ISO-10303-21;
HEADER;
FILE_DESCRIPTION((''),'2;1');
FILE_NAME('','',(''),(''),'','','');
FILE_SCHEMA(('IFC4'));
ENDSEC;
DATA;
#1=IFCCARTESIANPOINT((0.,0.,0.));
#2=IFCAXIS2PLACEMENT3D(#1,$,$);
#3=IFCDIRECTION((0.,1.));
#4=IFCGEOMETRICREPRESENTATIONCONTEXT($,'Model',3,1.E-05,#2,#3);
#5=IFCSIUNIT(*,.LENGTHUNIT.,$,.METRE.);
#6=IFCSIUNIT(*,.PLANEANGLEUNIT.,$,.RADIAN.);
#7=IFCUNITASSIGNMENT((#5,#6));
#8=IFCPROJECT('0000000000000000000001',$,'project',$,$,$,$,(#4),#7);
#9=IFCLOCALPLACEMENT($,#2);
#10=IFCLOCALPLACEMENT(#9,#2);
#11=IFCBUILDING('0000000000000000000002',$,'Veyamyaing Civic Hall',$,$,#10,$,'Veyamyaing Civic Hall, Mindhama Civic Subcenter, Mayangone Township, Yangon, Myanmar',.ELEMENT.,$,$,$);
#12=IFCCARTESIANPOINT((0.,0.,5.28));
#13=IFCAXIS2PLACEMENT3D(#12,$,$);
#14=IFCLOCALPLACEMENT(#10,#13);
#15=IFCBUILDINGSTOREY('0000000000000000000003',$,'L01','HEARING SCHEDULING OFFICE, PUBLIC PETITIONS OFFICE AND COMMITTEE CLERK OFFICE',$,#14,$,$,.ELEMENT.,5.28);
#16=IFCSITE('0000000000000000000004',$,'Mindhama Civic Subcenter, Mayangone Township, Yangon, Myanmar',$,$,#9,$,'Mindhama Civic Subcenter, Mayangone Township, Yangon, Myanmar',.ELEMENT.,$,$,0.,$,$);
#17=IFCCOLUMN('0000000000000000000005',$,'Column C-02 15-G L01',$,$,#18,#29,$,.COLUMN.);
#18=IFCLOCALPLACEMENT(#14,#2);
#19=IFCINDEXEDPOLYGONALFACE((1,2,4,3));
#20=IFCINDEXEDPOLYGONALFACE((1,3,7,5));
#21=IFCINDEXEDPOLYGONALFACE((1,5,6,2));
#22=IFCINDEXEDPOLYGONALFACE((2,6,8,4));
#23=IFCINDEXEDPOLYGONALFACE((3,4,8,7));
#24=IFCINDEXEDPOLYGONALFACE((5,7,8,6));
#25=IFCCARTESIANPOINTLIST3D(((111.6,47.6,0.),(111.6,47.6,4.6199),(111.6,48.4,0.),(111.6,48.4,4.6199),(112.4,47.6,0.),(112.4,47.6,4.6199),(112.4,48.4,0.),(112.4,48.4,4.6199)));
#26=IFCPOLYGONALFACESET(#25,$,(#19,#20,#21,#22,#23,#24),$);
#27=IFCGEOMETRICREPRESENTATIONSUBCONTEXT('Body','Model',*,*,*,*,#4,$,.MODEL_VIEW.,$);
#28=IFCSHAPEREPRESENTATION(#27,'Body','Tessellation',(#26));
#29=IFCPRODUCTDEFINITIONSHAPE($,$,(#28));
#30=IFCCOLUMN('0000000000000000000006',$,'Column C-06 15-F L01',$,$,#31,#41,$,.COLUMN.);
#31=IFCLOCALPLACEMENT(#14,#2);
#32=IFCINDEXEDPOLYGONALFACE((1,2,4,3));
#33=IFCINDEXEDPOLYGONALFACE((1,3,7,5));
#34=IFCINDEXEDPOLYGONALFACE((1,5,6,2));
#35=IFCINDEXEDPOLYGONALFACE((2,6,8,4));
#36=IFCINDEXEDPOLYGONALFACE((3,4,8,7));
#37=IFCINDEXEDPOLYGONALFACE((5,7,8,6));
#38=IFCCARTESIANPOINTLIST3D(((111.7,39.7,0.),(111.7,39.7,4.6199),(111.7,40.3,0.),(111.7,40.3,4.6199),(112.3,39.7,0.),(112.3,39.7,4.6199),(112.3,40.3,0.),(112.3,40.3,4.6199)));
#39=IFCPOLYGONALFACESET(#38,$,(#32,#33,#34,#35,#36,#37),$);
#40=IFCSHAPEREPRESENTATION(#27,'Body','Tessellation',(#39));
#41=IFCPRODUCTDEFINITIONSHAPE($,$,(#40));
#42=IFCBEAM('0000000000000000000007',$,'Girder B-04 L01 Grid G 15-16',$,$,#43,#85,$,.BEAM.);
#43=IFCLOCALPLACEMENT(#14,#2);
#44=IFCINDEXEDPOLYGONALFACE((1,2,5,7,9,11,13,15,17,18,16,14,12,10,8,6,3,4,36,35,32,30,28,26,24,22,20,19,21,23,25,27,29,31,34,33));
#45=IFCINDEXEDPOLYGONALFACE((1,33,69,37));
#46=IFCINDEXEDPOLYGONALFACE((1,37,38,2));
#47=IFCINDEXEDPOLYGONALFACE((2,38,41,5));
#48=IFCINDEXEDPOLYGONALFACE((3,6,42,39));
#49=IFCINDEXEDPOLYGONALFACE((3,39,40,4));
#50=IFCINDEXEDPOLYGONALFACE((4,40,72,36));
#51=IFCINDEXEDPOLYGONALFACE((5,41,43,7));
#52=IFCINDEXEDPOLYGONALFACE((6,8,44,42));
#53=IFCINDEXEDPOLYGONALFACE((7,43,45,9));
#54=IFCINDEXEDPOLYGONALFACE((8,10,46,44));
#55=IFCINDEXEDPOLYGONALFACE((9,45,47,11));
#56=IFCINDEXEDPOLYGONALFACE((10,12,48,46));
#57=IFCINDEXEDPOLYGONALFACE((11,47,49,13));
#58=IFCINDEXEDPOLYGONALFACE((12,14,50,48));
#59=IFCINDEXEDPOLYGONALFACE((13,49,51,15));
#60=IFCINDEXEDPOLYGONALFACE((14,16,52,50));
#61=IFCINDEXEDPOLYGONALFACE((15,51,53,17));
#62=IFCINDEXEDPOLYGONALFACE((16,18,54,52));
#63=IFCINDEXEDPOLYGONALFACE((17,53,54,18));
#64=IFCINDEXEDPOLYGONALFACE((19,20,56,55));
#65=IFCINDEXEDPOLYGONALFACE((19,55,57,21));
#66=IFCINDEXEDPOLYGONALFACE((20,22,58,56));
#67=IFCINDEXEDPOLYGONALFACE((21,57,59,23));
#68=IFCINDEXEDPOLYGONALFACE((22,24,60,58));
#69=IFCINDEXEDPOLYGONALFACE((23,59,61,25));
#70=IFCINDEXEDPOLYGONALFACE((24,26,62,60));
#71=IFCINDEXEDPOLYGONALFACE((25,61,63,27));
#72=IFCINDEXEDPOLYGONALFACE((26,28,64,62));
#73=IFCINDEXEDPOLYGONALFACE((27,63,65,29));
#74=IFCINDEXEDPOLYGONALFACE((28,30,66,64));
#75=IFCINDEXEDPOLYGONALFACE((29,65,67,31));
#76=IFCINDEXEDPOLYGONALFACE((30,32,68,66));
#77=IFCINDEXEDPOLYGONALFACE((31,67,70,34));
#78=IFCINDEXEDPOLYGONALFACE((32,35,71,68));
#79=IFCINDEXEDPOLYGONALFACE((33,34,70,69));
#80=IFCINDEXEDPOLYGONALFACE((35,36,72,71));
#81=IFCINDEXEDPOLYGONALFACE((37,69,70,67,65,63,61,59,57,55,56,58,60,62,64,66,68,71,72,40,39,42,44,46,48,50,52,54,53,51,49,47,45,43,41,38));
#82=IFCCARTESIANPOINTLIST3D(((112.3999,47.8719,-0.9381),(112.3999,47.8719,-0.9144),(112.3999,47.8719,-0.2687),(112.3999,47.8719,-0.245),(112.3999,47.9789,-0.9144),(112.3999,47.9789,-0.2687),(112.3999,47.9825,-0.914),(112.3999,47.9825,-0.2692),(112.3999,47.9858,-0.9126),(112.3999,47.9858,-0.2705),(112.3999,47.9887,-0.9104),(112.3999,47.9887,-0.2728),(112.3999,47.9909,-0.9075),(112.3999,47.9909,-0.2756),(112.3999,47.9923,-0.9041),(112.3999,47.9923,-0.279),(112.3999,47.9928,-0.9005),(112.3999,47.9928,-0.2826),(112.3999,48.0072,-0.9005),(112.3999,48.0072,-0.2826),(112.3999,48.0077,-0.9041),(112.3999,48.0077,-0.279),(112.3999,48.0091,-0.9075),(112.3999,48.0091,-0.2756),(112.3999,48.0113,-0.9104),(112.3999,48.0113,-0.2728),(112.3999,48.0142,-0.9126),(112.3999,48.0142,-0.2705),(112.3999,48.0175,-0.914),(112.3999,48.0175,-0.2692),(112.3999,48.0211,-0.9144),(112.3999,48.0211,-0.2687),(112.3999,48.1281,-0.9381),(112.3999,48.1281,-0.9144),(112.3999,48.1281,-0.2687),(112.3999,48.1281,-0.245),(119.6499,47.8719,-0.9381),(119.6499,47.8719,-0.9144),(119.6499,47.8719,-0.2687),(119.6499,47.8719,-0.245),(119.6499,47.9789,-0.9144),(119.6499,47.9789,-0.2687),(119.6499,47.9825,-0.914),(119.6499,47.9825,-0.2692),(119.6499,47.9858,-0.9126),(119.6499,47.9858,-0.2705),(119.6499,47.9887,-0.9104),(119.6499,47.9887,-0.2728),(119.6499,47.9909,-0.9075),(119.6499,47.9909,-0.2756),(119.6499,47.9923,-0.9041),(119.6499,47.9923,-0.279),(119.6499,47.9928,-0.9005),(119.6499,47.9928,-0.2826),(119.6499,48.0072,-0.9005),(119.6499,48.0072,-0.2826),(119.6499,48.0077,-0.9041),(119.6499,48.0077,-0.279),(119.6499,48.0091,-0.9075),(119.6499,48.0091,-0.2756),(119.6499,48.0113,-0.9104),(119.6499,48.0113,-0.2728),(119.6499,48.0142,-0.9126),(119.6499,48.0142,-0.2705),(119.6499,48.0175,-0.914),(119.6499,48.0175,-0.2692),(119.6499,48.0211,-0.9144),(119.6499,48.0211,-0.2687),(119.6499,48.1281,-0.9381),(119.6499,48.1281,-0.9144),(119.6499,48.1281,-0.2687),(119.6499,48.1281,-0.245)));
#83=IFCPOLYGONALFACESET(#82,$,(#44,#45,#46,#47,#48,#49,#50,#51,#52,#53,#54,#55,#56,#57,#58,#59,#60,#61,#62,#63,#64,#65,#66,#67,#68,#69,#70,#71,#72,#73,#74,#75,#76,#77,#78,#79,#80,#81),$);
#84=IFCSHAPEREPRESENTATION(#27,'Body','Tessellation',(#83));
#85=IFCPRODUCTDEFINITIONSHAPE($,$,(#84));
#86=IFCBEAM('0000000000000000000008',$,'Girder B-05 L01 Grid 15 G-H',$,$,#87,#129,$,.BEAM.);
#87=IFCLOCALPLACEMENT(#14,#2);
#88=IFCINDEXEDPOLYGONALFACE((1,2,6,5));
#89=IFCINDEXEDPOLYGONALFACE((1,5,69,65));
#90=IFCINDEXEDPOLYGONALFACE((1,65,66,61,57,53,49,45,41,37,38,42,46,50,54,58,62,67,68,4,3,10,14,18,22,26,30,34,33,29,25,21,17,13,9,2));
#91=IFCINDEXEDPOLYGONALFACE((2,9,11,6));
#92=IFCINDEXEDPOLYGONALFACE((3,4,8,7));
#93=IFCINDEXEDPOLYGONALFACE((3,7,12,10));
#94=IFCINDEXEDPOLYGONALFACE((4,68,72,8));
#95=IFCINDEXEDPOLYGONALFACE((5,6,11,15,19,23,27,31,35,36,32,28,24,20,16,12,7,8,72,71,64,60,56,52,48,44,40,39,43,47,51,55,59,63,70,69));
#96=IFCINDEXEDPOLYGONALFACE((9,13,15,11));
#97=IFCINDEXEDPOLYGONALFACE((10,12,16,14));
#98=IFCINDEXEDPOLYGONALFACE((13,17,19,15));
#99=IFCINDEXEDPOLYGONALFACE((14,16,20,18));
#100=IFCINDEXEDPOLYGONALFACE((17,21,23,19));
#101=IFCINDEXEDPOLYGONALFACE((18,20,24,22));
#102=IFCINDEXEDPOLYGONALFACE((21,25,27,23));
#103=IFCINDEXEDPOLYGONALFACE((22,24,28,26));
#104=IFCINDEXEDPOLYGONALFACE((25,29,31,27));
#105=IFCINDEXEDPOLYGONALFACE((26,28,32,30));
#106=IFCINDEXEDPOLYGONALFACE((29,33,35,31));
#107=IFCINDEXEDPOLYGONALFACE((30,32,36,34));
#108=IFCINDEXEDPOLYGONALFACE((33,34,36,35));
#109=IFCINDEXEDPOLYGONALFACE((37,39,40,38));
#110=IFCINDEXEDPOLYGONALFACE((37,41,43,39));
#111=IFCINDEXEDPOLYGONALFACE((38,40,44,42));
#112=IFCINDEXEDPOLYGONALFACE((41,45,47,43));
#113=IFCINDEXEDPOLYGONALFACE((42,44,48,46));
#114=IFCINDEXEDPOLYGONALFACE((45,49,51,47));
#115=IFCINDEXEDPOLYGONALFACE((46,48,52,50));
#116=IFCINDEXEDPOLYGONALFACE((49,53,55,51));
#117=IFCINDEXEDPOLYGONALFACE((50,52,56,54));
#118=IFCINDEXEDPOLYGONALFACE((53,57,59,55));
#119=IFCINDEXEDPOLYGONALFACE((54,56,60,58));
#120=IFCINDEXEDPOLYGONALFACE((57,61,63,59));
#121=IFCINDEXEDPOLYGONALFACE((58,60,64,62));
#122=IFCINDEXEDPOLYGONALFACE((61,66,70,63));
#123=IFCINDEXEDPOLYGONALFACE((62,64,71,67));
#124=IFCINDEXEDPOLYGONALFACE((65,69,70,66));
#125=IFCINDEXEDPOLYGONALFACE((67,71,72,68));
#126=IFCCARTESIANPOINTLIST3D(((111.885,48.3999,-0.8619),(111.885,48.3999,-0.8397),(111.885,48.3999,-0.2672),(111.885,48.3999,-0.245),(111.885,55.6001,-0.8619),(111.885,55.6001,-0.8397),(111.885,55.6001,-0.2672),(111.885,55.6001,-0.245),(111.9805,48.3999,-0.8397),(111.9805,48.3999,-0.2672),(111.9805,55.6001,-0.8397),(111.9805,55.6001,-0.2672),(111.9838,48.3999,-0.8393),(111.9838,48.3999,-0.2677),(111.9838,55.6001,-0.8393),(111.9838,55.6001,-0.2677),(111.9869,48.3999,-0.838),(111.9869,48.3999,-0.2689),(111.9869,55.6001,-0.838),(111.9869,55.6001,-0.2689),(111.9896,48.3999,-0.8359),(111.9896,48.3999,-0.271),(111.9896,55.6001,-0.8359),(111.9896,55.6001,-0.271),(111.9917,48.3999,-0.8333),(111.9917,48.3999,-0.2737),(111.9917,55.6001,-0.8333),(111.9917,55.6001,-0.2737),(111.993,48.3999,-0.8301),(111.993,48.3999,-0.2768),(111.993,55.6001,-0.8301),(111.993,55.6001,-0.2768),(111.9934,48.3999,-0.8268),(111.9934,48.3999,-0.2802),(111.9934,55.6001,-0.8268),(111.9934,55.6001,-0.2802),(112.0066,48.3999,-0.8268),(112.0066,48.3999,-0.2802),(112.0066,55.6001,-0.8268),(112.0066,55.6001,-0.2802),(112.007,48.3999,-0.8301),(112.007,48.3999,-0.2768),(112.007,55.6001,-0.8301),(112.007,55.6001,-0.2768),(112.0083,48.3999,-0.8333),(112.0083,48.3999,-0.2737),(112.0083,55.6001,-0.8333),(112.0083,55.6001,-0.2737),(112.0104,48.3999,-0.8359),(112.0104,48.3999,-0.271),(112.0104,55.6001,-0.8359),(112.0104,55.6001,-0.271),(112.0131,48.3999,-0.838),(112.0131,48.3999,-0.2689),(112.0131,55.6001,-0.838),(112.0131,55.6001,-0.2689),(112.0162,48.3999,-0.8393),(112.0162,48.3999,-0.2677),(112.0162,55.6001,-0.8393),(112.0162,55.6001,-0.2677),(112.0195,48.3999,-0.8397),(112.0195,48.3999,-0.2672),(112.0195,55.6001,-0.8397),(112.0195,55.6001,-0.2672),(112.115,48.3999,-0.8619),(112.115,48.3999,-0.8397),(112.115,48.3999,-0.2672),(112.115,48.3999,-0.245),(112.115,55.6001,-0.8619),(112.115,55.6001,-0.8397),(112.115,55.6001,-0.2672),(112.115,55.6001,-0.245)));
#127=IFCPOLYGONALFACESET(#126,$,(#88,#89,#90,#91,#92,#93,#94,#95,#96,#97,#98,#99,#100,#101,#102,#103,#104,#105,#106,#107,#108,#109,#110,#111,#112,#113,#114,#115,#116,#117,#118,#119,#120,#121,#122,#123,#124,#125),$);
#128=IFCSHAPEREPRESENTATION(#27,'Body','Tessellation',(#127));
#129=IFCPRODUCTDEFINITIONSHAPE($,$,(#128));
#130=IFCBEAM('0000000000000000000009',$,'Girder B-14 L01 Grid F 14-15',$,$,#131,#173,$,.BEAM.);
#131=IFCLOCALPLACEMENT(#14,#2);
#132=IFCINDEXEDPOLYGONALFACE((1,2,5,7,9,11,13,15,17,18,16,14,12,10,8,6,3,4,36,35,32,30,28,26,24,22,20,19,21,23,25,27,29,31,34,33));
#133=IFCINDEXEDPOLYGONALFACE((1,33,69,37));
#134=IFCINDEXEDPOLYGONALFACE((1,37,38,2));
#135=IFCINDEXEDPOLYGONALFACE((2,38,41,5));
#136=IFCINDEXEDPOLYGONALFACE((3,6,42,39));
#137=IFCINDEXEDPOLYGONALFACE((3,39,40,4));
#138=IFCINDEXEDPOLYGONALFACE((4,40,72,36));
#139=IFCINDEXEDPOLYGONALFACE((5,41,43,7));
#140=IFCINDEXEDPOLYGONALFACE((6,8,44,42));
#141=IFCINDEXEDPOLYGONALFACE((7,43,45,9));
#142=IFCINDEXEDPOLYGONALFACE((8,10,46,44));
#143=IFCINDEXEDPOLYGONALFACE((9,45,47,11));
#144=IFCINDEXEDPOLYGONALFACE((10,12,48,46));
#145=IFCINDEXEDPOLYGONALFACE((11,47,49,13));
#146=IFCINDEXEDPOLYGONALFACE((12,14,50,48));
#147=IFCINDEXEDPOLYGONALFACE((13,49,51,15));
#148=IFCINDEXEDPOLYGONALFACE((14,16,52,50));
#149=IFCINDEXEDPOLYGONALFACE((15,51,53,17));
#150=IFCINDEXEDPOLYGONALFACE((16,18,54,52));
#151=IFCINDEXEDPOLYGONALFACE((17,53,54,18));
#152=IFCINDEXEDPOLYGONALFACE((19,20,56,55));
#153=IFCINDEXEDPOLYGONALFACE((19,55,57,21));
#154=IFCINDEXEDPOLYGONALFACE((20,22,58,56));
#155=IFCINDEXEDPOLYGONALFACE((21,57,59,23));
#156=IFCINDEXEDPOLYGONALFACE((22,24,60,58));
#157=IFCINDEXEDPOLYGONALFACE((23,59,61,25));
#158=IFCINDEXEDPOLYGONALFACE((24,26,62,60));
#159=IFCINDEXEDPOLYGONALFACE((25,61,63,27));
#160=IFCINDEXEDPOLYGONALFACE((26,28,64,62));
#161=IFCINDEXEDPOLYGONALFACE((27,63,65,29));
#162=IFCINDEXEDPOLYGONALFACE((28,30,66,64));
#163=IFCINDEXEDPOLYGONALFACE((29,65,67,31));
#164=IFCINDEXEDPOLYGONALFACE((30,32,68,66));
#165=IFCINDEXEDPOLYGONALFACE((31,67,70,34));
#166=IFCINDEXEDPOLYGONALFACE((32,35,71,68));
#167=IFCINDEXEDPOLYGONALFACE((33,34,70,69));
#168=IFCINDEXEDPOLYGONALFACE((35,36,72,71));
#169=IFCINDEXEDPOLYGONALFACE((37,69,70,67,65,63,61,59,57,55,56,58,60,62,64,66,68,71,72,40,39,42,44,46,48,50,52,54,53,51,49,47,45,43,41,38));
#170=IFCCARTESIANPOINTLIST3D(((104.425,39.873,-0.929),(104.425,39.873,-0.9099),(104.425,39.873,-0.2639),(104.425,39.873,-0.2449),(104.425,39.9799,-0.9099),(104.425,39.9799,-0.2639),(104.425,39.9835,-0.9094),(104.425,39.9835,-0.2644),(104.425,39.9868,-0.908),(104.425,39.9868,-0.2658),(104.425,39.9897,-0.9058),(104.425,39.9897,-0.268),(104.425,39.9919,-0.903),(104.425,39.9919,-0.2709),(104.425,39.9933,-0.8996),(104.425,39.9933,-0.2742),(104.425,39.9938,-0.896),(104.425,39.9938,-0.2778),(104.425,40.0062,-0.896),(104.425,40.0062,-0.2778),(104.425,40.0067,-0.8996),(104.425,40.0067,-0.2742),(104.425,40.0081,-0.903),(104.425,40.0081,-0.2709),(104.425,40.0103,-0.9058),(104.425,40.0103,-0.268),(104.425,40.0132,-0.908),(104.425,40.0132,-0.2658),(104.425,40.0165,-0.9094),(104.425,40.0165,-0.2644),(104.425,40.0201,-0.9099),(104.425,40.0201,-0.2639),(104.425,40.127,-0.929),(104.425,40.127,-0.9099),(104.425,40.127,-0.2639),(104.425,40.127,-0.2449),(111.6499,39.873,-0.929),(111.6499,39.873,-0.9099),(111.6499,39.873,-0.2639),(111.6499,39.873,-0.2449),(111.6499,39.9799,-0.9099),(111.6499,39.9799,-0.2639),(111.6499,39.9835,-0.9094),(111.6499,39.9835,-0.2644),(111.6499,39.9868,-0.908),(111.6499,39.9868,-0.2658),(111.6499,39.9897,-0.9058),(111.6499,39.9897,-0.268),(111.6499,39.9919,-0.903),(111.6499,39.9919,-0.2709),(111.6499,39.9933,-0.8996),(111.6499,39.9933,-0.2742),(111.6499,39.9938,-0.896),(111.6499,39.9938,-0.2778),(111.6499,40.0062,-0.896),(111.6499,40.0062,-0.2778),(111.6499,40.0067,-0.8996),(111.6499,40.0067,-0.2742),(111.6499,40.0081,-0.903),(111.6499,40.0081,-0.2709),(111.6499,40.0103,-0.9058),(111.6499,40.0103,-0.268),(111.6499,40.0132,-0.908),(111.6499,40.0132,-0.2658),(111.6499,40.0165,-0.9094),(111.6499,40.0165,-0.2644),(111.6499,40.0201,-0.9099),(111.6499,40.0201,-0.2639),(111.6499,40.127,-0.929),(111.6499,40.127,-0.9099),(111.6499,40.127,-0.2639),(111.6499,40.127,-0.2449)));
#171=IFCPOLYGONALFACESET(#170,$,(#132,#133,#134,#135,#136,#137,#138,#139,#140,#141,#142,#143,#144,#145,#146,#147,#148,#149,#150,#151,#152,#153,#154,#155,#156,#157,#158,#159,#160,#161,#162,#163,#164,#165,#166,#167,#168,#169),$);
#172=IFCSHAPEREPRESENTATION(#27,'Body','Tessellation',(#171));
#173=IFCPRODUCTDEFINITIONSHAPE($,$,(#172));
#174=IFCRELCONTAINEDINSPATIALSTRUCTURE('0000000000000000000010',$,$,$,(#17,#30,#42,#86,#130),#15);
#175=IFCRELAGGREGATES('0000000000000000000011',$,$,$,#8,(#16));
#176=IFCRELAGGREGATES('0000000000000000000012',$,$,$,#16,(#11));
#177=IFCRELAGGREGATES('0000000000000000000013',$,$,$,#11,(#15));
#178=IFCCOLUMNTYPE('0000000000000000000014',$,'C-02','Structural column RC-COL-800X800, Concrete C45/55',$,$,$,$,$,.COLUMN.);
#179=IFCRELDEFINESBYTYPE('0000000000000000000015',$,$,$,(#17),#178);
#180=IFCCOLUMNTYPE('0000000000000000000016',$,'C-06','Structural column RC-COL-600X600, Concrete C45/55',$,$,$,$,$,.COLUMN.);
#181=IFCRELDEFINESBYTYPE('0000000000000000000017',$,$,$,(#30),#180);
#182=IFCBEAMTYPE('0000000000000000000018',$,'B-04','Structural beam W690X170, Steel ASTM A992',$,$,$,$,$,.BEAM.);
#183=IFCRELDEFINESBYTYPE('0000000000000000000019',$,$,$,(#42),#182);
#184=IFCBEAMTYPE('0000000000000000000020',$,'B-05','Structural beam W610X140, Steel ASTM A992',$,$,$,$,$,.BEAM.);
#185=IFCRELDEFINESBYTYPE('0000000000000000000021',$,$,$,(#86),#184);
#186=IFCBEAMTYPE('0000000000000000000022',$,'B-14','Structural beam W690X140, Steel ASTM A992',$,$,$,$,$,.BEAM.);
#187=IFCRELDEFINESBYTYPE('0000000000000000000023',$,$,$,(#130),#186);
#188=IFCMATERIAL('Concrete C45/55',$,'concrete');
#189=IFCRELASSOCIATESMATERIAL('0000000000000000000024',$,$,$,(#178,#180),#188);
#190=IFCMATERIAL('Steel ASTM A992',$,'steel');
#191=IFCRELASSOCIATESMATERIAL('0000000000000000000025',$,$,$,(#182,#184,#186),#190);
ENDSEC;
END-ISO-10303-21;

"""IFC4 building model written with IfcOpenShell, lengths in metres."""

from ifc_helpers import new_model, si_unit, direction, frame, origin, origin_2d, place, context, subcontext, project, spatial, rectangle, i_section, extrude, material, material_profile, profile_set, type_object, element, save


model = new_model("IFC4")

# Units and contexts
model_context = context("Model", 3, precision=1e-05, world=origin(), true_north=direction((0.0, 1.0)))
body_context = subcontext(model_context, "Body", "Model", "MODEL_VIEW")
ifc_project = project(units=[si_unit("LENGTHUNIT", "METRE"), si_unit("PLANEANGLEUNIT", "RADIAN")], contexts=[model_context])

# Site, building, storey
site_placement = place(None, origin())
site = spatial("IfcSite", under=ifc_project, at=site_placement, Name="Mindhama Civic Subcenter, Mayangone Township, Yangon, Myanmar", LongName="Mindhama Civic Subcenter, Mayangone Township, Yangon, Myanmar", CompositionType="ELEMENT", RefElevation=0.0)
building_placement = place(site_placement, origin())
building = spatial("IfcBuilding", under=site, at=building_placement, Name="Veyamyaing Civic Hall", LongName="Veyamyaing Civic Hall, Mindhama Civic Subcenter, Mayangone Township, Yangon, Myanmar", CompositionType="ELEMENT")
storey_placement = place(building_placement, frame((0.0, 0.0, 5.28)))
storey = spatial("IfcBuildingStorey", under=building, at=storey_placement, Name="L01", Description="HEARING SCHEDULING OFFICE, PUBLIC PETITIONS OFFICE AND COMMITTEE CLERK OFFICE", CompositionType="ELEMENT", Elevation=5.28)

# Columns
ifc_material_1 = material(Name="Concrete C45/55", Category="concrete")
ifc_material_profile_1 = material_profile(ifc_material_1, rectangle(XDim=0.8, YDim=0.8, at=origin_2d()), Name="RC-COL-800X800")
ifc_profile_set_1 = profile_set([ifc_material_profile_1], Name="Concrete C45/55")
column_type_1 = type_object("IfcColumnType", Name="C-02", Description="Structural column RC-COL-800X800, Concrete C45/55", PredefinedType="COLUMN", material=ifc_profile_set_1)
column_1_placement = place(storey_placement, frame((112.0, 48.0, 0.0), z_axis=(0.0, 0.0, 1.0), x_axis=(1.0, 0.0, 0.0)))
element("IfcColumn", 1, at=column_1_placement, inside=storey, type_object=column_type_1, Name="Column C-02 15-G L01", PredefinedType="COLUMN", context=body_context, shape_type="SweptSolid", body=[
    extrude(rectangle(XDim=0.8, YDim=0.8, at=origin_2d()), origin(), (0.0, 0.0, 1.0), 4.6199),
])
ifc_material_profile_2 = material_profile(ifc_material_1, rectangle(XDim=0.6001, YDim=0.6001, at=origin_2d()), Name="RC-COL-600X600")
ifc_profile_set_2 = profile_set([ifc_material_profile_2], Name="Concrete C45/55")
column_type_2 = type_object("IfcColumnType", Name="C-06", Description="Structural column RC-COL-600X600, Concrete C45/55", PredefinedType="COLUMN", material=ifc_profile_set_2)
column_2_placement = place(storey_placement, frame((112.0, 40.0, 0.0), z_axis=(0.0, 0.0, 1.0), x_axis=(1.0, 0.0, 0.0)))
element("IfcColumn", 2, at=column_2_placement, inside=storey, type_object=column_type_2, Name="Column C-06 15-F L01", PredefinedType="COLUMN", context=body_context, shape_type="SweptSolid", body=[
    extrude(rectangle(XDim=0.6001, YDim=0.6001, at=origin_2d()), origin(), (0.0, 0.0, 1.0), 4.6199),
])

# Beams
ifc_material_2 = material(Name="Steel ASTM A992", Category="steel")
ifc_material_profile_3 = material_profile(ifc_material_2, i_section(OverallWidth=0.2561, OverallDepth=0.6931, WebThickness=0.0144, FlangeThickness=0.0237, FilletRadius=0.0139, at=origin_2d()), Name="W690X170")
ifc_profile_set_3 = profile_set([ifc_material_profile_3], Name="Steel ASTM A992")
beam_type_1 = type_object("IfcBeamType", Name="B-04", Description="Structural beam W690X170, Steel ASTM A992", PredefinedType="BEAM", material=ifc_profile_set_3)
beam_1_placement = place(storey_placement, frame((112.3999, 48.0, -0.5916), z_axis=(1.0, 0.0, 0.0), x_axis=(0.0, 1.0, 0.0)))
element("IfcBeam", 3, at=beam_1_placement, inside=storey, type_object=beam_type_1, Name="Girder B-04 L01 Grid G 15-16", PredefinedType="BEAM", context=body_context, shape_type="SweptSolid", body=[
    extrude(i_section(OverallWidth=0.2561, OverallDepth=0.6931, WebThickness=0.0144, FlangeThickness=0.0237, FilletRadius=0.0139, at=origin_2d()), origin(), (0.0, 0.0, 1.0), 7.25),
])
ifc_material_profile_4 = material_profile(ifc_material_2, i_section(OverallWidth=0.23, OverallDepth=0.6169, WebThickness=0.0132, FlangeThickness=0.0222, FilletRadius=0.0129, at=origin_2d()), Name="W610X140")
ifc_profile_set_4 = profile_set([ifc_material_profile_4], Name="Steel ASTM A992")
beam_type_2 = type_object("IfcBeamType", Name="B-05", Description="Structural beam W610X140, Steel ASTM A992", PredefinedType="BEAM", material=ifc_profile_set_4)
beam_2_placement = place(storey_placement, frame((112.0, 48.3999, -0.5535), z_axis=(0.0, 1.0, 0.0), x_axis=(-1.0, 0.0, 0.0)))
element("IfcBeam", 4, at=beam_2_placement, inside=storey, type_object=beam_type_2, Name="Girder B-05 L01 Grid 15 G-H", PredefinedType="BEAM", context=body_context, shape_type="SweptSolid", body=[
    extrude(i_section(OverallWidth=0.23, OverallDepth=0.6169, WebThickness=0.0132, FlangeThickness=0.0222, FilletRadius=0.0129, at=origin_2d()), origin(), (0.0, 0.0, 1.0), 7.2002),
])
ifc_material_profile_5 = material_profile(ifc_material_2, i_section(OverallWidth=0.2539, OverallDepth=0.6841, WebThickness=0.0125, FlangeThickness=0.019, FilletRadius=0.0139, at=origin_2d()), Name="W690X140")
ifc_profile_set_5 = profile_set([ifc_material_profile_5], Name="Steel ASTM A992")
beam_type_3 = type_object("IfcBeamType", Name="B-14", Description="Structural beam W690X140, Steel ASTM A992", PredefinedType="BEAM", material=ifc_profile_set_5)
beam_3_placement = place(storey_placement, frame((104.425, 40.0, -0.5869), z_axis=(1.0, 0.0, 0.0), x_axis=(0.0, 1.0, 0.0)))
element("IfcBeam", 5, at=beam_3_placement, inside=storey, type_object=beam_type_3, Name="Girder B-14 L01 Grid F 14-15", PredefinedType="BEAM", context=body_context, shape_type="SweptSolid", body=[
    extrude(i_section(OverallWidth=0.2539, OverallDepth=0.6841, WebThickness=0.0125, FlangeThickness=0.019, FilletRadius=0.0139, at=origin_2d()), origin(), (0.0, 0.0, 1.0), 7.2249),
])

save(model, "model.ifc")
